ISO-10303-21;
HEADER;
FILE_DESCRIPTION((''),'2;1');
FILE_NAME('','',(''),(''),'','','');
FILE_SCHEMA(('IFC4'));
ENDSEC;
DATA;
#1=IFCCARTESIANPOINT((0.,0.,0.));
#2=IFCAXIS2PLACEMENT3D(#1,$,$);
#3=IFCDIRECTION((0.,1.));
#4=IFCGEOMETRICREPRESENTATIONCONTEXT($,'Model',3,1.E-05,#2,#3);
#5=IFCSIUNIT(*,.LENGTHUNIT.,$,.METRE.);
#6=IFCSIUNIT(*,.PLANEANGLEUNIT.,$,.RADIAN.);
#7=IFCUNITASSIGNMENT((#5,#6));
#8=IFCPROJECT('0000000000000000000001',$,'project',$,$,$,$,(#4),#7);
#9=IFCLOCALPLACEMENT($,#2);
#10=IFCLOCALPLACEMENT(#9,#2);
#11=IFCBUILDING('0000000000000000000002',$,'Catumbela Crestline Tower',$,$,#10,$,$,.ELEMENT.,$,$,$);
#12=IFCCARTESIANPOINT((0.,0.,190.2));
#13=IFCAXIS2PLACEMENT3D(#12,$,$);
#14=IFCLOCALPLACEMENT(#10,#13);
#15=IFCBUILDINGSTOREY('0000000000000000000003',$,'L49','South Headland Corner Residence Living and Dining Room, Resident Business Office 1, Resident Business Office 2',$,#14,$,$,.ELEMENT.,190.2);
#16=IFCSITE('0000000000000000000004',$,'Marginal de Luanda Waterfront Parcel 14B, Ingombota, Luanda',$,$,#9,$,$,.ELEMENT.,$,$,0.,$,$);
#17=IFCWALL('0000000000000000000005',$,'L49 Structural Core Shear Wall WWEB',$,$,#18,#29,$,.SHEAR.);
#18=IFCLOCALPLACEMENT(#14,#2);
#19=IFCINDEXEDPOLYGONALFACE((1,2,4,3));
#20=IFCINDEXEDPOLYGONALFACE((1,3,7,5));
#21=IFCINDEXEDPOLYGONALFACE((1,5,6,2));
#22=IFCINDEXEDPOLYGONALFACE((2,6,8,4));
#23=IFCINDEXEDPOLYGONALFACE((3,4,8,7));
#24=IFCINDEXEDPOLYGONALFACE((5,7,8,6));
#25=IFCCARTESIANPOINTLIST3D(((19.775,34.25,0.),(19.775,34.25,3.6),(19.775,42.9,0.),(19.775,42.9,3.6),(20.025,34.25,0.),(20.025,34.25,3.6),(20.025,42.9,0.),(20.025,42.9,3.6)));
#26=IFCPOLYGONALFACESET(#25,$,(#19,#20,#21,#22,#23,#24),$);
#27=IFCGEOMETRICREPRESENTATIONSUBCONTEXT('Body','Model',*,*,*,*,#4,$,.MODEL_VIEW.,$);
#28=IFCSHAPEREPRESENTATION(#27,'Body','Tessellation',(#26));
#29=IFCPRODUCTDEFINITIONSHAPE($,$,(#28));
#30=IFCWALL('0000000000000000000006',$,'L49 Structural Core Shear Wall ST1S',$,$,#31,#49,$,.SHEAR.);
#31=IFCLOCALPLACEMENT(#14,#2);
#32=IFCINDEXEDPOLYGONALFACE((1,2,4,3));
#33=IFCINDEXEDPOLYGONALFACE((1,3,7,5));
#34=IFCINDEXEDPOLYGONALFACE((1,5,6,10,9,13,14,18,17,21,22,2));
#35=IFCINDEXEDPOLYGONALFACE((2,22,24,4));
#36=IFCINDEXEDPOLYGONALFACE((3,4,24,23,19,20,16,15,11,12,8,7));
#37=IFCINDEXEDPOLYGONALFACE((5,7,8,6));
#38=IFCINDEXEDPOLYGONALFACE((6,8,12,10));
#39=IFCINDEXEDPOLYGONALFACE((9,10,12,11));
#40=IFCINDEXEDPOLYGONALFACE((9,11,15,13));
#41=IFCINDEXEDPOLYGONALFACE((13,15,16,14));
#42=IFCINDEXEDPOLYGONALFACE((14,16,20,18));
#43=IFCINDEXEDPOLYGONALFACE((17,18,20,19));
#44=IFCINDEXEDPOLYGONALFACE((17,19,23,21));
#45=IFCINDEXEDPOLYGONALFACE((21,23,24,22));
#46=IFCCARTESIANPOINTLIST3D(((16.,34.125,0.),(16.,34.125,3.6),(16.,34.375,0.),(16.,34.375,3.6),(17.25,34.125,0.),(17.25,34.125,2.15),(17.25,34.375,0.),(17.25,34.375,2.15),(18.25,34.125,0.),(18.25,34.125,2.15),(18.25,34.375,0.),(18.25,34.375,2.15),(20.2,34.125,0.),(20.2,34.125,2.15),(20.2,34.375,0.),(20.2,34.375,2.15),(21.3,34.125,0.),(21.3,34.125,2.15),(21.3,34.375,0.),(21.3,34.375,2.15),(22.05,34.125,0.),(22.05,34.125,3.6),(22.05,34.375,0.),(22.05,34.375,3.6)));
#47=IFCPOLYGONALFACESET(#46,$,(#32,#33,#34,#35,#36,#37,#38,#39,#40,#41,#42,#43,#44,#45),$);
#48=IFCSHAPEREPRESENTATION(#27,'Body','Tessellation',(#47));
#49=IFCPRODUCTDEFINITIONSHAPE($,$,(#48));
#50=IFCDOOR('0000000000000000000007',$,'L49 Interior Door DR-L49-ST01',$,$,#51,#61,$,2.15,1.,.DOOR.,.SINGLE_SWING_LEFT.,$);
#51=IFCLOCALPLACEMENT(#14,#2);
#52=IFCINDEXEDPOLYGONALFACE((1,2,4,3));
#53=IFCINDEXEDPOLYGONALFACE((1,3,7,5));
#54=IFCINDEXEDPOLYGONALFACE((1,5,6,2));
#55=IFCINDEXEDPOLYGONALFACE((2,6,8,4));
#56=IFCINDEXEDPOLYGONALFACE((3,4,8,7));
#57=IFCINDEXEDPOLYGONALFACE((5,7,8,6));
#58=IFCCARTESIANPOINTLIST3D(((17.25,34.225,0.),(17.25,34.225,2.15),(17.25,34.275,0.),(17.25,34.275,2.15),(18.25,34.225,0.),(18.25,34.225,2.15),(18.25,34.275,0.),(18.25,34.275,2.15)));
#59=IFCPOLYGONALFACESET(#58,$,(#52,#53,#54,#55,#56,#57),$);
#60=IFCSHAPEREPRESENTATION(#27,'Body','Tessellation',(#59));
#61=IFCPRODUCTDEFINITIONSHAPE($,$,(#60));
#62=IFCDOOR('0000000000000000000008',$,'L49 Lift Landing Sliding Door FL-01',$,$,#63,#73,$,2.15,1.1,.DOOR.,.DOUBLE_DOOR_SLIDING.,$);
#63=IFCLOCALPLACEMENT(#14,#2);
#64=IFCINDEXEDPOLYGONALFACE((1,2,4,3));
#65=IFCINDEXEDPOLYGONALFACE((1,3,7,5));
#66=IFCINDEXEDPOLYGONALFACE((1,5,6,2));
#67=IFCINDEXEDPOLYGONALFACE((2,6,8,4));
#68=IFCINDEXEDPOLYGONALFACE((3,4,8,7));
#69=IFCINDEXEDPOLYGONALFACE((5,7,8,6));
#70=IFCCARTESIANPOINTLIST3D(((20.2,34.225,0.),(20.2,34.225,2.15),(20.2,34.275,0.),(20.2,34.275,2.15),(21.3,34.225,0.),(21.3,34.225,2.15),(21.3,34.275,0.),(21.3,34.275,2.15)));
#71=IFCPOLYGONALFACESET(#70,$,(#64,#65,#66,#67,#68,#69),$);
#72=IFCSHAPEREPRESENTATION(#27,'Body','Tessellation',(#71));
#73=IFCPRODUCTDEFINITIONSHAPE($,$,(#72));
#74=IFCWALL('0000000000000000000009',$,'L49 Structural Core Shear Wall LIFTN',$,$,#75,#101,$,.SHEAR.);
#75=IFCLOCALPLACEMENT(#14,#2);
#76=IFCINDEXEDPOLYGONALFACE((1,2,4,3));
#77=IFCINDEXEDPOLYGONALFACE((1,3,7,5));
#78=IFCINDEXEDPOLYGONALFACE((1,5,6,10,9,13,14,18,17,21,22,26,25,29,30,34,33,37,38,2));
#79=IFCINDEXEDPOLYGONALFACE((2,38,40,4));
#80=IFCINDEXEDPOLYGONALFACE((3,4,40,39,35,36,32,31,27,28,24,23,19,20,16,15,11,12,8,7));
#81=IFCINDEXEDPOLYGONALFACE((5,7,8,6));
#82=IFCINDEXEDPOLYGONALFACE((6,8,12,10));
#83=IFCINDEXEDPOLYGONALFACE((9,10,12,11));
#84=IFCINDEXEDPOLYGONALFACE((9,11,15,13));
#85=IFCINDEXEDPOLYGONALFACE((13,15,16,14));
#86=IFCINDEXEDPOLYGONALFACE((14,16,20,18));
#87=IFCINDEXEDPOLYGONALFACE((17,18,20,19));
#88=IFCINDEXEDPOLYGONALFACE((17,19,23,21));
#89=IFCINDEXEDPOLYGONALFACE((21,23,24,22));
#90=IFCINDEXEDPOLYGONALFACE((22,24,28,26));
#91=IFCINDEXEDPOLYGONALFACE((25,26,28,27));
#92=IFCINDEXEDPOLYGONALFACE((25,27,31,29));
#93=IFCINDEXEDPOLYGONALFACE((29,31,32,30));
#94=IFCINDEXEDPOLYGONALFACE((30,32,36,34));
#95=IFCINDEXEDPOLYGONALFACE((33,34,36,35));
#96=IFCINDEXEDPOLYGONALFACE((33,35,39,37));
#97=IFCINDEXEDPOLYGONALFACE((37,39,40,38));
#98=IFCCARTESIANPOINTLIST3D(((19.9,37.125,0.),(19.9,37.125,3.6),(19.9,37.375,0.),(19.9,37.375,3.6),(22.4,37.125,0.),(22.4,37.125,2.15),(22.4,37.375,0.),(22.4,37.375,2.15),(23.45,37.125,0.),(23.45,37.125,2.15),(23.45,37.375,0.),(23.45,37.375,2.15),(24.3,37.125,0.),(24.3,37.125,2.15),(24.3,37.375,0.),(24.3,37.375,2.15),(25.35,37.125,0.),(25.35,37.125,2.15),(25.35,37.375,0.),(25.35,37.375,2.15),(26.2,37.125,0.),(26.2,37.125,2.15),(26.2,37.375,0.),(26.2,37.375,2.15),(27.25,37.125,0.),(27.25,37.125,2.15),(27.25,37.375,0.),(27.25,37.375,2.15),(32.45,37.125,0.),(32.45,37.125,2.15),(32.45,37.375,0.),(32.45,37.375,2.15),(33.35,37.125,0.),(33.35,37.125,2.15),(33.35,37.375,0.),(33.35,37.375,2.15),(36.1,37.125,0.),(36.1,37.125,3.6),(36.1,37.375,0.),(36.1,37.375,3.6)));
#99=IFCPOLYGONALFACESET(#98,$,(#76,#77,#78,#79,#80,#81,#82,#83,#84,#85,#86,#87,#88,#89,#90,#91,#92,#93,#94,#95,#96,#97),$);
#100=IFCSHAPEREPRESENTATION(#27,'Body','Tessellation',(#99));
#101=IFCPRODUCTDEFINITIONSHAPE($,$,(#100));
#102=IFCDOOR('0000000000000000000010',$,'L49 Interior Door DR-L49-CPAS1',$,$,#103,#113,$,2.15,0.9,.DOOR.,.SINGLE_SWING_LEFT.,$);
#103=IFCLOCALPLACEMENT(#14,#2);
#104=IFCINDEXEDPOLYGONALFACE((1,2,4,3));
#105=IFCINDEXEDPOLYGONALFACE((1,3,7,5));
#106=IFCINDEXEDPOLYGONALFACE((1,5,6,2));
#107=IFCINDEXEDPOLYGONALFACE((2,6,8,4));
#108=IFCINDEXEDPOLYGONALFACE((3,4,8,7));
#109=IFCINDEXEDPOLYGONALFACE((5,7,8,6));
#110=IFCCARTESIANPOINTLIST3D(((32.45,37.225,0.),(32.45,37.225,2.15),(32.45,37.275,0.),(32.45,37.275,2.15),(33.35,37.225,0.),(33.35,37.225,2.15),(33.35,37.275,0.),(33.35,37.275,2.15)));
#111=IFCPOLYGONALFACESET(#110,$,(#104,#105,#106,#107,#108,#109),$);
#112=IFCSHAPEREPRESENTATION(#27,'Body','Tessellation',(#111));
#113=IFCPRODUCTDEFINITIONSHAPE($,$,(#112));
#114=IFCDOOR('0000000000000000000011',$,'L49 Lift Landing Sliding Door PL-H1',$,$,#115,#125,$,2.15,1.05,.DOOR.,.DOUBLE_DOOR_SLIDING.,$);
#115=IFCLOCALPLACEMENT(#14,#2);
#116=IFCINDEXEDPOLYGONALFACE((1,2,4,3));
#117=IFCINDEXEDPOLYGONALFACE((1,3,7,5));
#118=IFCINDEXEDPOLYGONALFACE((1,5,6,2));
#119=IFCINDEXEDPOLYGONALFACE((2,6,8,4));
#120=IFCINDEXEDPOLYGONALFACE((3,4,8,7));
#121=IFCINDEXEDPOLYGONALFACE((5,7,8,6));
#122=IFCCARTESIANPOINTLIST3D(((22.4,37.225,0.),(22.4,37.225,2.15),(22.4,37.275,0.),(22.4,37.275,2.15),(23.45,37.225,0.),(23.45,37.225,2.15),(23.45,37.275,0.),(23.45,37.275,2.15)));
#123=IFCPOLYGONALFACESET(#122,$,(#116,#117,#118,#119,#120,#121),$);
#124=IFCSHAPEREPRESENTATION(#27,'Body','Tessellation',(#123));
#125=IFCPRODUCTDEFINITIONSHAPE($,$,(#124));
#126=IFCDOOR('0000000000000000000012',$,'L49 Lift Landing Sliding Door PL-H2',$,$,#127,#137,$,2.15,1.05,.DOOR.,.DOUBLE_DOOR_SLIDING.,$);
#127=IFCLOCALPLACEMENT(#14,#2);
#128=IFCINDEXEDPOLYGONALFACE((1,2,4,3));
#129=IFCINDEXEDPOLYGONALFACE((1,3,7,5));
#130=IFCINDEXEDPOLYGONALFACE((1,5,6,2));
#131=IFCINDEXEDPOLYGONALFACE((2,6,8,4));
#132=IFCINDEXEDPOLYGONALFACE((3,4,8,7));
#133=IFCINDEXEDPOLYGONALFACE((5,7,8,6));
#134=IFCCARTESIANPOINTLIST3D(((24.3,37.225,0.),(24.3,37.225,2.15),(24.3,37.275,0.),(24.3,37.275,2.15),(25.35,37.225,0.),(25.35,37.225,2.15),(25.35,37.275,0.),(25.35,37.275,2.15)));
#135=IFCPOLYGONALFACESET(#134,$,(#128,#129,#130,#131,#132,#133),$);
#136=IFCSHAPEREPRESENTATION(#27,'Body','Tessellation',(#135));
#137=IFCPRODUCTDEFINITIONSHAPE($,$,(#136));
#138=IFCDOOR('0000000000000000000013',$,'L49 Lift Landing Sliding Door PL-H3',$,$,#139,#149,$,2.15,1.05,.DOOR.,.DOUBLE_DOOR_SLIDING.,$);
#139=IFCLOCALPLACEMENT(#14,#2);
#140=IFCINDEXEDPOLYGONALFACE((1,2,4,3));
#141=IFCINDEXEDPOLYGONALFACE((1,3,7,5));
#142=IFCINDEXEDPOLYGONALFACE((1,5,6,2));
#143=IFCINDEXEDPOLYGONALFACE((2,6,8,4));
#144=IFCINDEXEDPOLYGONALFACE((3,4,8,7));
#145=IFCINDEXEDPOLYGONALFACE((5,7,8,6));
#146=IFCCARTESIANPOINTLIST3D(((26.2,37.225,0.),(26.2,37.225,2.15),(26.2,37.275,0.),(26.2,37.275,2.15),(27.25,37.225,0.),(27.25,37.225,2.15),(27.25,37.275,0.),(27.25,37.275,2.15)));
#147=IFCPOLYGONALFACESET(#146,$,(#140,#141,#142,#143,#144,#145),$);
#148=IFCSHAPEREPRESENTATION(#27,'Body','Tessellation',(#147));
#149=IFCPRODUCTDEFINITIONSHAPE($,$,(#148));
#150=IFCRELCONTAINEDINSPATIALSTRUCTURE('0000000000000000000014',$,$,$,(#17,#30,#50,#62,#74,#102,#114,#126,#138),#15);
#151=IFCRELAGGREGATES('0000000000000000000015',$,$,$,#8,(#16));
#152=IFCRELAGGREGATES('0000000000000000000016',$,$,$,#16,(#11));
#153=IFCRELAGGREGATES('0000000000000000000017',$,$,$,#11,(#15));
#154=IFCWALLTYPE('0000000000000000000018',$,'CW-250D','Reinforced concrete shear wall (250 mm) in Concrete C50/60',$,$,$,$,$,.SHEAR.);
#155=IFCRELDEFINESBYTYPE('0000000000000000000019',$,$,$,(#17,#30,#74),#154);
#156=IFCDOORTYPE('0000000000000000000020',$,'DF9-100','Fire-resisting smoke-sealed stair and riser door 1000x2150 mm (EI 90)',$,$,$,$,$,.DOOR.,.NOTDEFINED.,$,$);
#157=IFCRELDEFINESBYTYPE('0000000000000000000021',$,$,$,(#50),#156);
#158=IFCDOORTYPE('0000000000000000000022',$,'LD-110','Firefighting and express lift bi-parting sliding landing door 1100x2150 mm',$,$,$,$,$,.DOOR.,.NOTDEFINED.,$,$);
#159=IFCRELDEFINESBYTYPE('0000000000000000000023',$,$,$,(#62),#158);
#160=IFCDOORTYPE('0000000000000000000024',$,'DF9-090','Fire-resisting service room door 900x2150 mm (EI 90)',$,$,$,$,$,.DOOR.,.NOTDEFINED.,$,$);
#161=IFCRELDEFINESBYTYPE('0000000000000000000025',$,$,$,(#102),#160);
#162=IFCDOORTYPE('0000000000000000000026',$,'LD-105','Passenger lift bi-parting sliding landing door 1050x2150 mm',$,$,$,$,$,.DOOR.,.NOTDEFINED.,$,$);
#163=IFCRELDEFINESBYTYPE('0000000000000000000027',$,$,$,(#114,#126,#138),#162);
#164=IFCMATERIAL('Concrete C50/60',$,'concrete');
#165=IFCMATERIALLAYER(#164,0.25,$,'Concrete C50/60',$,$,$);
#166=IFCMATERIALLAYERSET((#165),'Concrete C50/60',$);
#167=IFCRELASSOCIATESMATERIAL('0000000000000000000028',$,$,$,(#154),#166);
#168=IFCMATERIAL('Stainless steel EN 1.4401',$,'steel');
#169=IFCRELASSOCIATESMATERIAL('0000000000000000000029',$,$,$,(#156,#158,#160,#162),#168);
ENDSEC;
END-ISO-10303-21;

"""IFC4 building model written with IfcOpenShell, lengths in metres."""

from ifc_helpers import new_model, si_unit, direction, frame, frame_2d, origin, place, context, subcontext, project, spatial, rectangle, extrude, material, layer, layer_set, type_object, element, fill, save


model = new_model("IFC4")

# Units and contexts
model_context = context("Model", 3, precision=1e-05, world=origin(), true_north=direction((0.0, 1.0)))
body_context = subcontext(model_context, "Body", "Model", "MODEL_VIEW")
ifc_project = project(units=[si_unit("LENGTHUNIT", "METRE"), si_unit("PLANEANGLEUNIT", "RADIAN")], contexts=[model_context])

# Site, building, storey
site_placement = place(None, origin())
site = spatial("IfcSite", under=ifc_project, at=site_placement, Name="Marginal de Luanda Waterfront Parcel 14B, Ingombota, Luanda", CompositionType="ELEMENT", RefElevation=0.0)
building_placement = place(site_placement, origin())
building = spatial("IfcBuilding", under=site, at=building_placement, Name="Catumbela Crestline Tower", CompositionType="ELEMENT")
storey_placement = place(building_placement, frame((0.0, 0.0, 190.2)))
storey = spatial("IfcBuildingStorey", under=building, at=storey_placement, Name="L49", Description="South Headland Corner Residence Living and Dining Room, Resident Business Office 1, Resident Business Office 2", CompositionType="ELEMENT", Elevation=190.2)

# Wall
ifc_material_1 = material(Name="Concrete C50/60", Category="concrete")
ifc_layer_1 = layer(ifc_material_1, 0.25, Name="Concrete C50/60")
ifc_layer_set_1 = layer_set([ifc_layer_1], Name="Concrete C50/60")
wall_type_1 = type_object("IfcWallType", Name="CW-250D", Description="Reinforced concrete shear wall (250 mm) in Concrete C50/60", PredefinedType="SHEAR", material=ifc_layer_set_1)
wall_1_placement = place(storey_placement, frame((19.9, 34.25, 0.0), z_axis=(0.0, 0.0, 1.0), x_axis=(0.0, 1.0, 0.0)))
element("IfcWall", 1, at=wall_1_placement, inside=storey, type_object=wall_type_1, Name="L49 Structural Core Shear Wall WWEB", PredefinedType="SHEAR", context=body_context, shape_type="SweptSolid", body=[
    extrude(rectangle(XDim=8.65, YDim=0.25, at=frame_2d((4.325, 0.0))), origin(), (0.0, 0.0, 1.0), 3.6),
])

# Walls, openings, doors
wall_2_placement = place(storey_placement, frame((16.0, 34.25, 0.0), z_axis=(0.0, 0.0, 1.0), x_axis=(1.0, 0.0, 0.0)))
wall_2 = element("IfcWall", 2, at=wall_2_placement, inside=storey, type_object=wall_type_1, Name="L49 Structural Core Shear Wall ST1S", PredefinedType="SHEAR", context=body_context, shape_type="SweptSolid", body=[
    extrude(rectangle(XDim=6.05, YDim=0.25, at=frame_2d((3.025, 0.0))), origin(), (0.0, 0.0, 1.0), 3.6),
])
opening_1_placement = place(wall_2_placement, frame((1.25, 0.0, 0.0)))
opening_1 = element("IfcOpeningElement", 3, at=opening_1_placement, cuts=wall_2, PredefinedType="OPENING", context=body_context, shape_type="SweptSolid", body=[
    extrude(rectangle(XDim=1.0, YDim=2.15, at=frame_2d((0.5, 1.075))), frame((0.0, 0.135, 0.0), z_axis=(0.0, -1.0, 0.0), x_axis=(1.0, 0.0, 0.0)), (0.0, 0.0, 1.0), 0.27),
])
opening_2_placement = place(wall_2_placement, frame((4.2, 0.0, 0.0)))
opening_2 = element("IfcOpeningElement", 4, at=opening_2_placement, cuts=wall_2, PredefinedType="OPENING", context=body_context, shape_type="SweptSolid", body=[
    extrude(rectangle(XDim=1.1, YDim=2.15, at=frame_2d((0.55, 1.075))), frame((0.0, 0.135, 0.0), z_axis=(0.0, -1.0, 0.0), x_axis=(1.0, 0.0, 0.0)), (0.0, 0.0, 1.0), 0.27),
])
ifc_material_2 = material(Name="Stainless steel EN 1.4401", Category="steel")
door_type_1 = type_object("IfcDoorType", Name="DF9-100", Description="Fire-resisting smoke-sealed stair and riser door 1000x2150 mm (EI 90)", OperationType="NOTDEFINED", PredefinedType="DOOR", material=ifc_material_2)
door_1_placement = place(opening_1_placement, origin())
door_1 = element("IfcDoor", 5, at=door_1_placement, inside=storey, type_object=door_type_1, Name="L49 Interior Door DR-L49-ST01", OperationType="SINGLE_SWING_LEFT", OverallHeight=2.15, OverallWidth=1.0, PredefinedType="DOOR", context=body_context, shape_type="SweptSolid", body=[
    extrude(rectangle(XDim=1.0, YDim=2.15, at=frame_2d((0.5, 1.075))), frame((0.0, 0.025, 0.0), z_axis=(0.0, -1.0, 0.0), x_axis=(1.0, 0.0, 0.0)), (0.0, 0.0, 1.0), 0.05),
])
fill(opening_1, door_1)
door_type_2 = type_object("IfcDoorType", Name="LD-110", Description="Firefighting and express lift bi-parting sliding landing door 1100x2150 mm", OperationType="NOTDEFINED", PredefinedType="DOOR", material=ifc_material_2)
door_2_placement = place(opening_2_placement, origin())
door_2 = element("IfcDoor", 6, at=door_2_placement, inside=storey, type_object=door_type_2, Name="L49 Lift Landing Sliding Door FL-01", OperationType="DOUBLE_DOOR_SLIDING", OverallHeight=2.15, OverallWidth=1.1, PredefinedType="DOOR", context=body_context, shape_type="SweptSolid", body=[
    extrude(rectangle(XDim=1.1, YDim=2.15, at=frame_2d((0.55, 1.075))), frame((0.0, 0.025, 0.0), z_axis=(0.0, -1.0, 0.0), x_axis=(1.0, 0.0, 0.0)), (0.0, 0.0, 1.0), 0.05),
])
fill(opening_2, door_2)
wall_3_placement = place(storey_placement, frame((19.9, 37.25, 0.0), z_axis=(0.0, 0.0, 1.0), x_axis=(1.0, 0.0, 0.0)))
wall_3 = element("IfcWall", 7, at=wall_3_placement, inside=storey, type_object=wall_type_1, Name="L49 Structural Core Shear Wall LIFTN", PredefinedType="SHEAR", context=body_context, shape_type="SweptSolid", body=[
    extrude(rectangle(XDim=16.2, YDim=0.25, at=frame_2d((8.1, 0.0))), origin(), (0.0, 0.0, 1.0), 3.6),
])
opening_3_placement = place(wall_3_placement, frame((12.55, 0.0, 0.0)))
opening_3 = element("IfcOpeningElement", 8, at=opening_3_placement, cuts=wall_3, PredefinedType="OPENING", context=body_context, shape_type="SweptSolid", body=[
    extrude(rectangle(XDim=0.9, YDim=2.15, at=frame_2d((0.45, 1.075))), frame((0.0, 0.135, 0.0), z_axis=(0.0, -1.0, 0.0), x_axis=(1.0, 0.0, 0.0)), (0.0, 0.0, 1.0), 0.27),
])
opening_4_placement = place(wall_3_placement, frame((2.5, 0.0, 0.0)))
opening_4 = element("IfcOpeningElement", 9, at=opening_4_placement, cuts=wall_3, PredefinedType="OPENING", context=body_context, shape_type="SweptSolid", body=[
    extrude(rectangle(XDim=1.05, YDim=2.15, at=frame_2d((0.525, 1.075))), frame((0.0, 0.135, 0.0), z_axis=(0.0, -1.0, 0.0), x_axis=(1.0, 0.0, 0.0)), (0.0, 0.0, 1.0), 0.27),
])
opening_5_placement = place(wall_3_placement, frame((4.4, 0.0, 0.0)))
opening_5 = element("IfcOpeningElement", 10, at=opening_5_placement, cuts=wall_3, PredefinedType="OPENING", context=body_context, shape_type="SweptSolid", body=[
    extrude(rectangle(XDim=1.05, YDim=2.15, at=frame_2d((0.525, 1.075))), frame((0.0, 0.135, 0.0), z_axis=(0.0, -1.0, 0.0), x_axis=(1.0, 0.0, 0.0)), (0.0, 0.0, 1.0), 0.27),
])
opening_6_placement = place(wall_3_placement, frame((6.3, 0.0, 0.0)))
opening_6 = element("IfcOpeningElement", 11, at=opening_6_placement, cuts=wall_3, PredefinedType="OPENING", context=body_context, shape_type="SweptSolid", body=[
    extrude(rectangle(XDim=1.05, YDim=2.15, at=frame_2d((0.525, 1.075))), frame((0.0, 0.135, 0.0), z_axis=(0.0, -1.0, 0.0), x_axis=(1.0, 0.0, 0.0)), (0.0, 0.0, 1.0), 0.27),
])
door_type_3 = type_object("IfcDoorType", Name="DF9-090", Description="Fire-resisting service room door 900x2150 mm (EI 90)", OperationType="NOTDEFINED", PredefinedType="DOOR", material=ifc_material_2)
door_3_placement = place(opening_3_placement, origin())
door_3 = element("IfcDoor", 12, at=door_3_placement, inside=storey, type_object=door_type_3, Name="L49 Interior Door DR-L49-CPAS1", OperationType="SINGLE_SWING_LEFT", OverallHeight=2.15, OverallWidth=0.9, PredefinedType="DOOR", context=body_context, shape_type="SweptSolid", body=[
    extrude(rectangle(XDim=0.9, YDim=2.15, at=frame_2d((0.45, 1.075))), frame((0.0, 0.025, 0.0), z_axis=(0.0, -1.0, 0.0), x_axis=(1.0, 0.0, 0.0)), (0.0, 0.0, 1.0), 0.05),
])
fill(opening_3, door_3)
door_type_4 = type_object("IfcDoorType", Name="LD-105", Description="Passenger lift bi-parting sliding landing door 1050x2150 mm", OperationType="NOTDEFINED", PredefinedType="DOOR", material=ifc_material_2)
door_4_placement = place(opening_4_placement, origin())
door_4 = element("IfcDoor", 13, at=door_4_placement, inside=storey, type_object=door_type_4, Name="L49 Lift Landing Sliding Door PL-H1", OperationType="DOUBLE_DOOR_SLIDING", OverallHeight=2.15, OverallWidth=1.05, PredefinedType="DOOR", context=body_context, shape_type="SweptSolid", body=[
    extrude(rectangle(XDim=1.05, YDim=2.15, at=frame_2d((0.525, 1.075))), frame((0.0, 0.025, 0.0), z_axis=(0.0, -1.0, 0.0), x_axis=(1.0, 0.0, 0.0)), (0.0, 0.0, 1.0), 0.05),
])
fill(opening_4, door_4)
door_5_placement = place(opening_5_placement, origin())
door_5 = element("IfcDoor", 14, at=door_5_placement, inside=storey, type_object=door_type_4, Name="L49 Lift Landing Sliding Door PL-H2", OperationType="DOUBLE_DOOR_SLIDING", OverallHeight=2.15, OverallWidth=1.05, PredefinedType="DOOR", context=body_context, shape_type="SweptSolid", body=[
    extrude(rectangle(XDim=1.05, YDim=2.15, at=frame_2d((0.525, 1.075))), frame((0.0, 0.025, 0.0), z_axis=(0.0, -1.0, 0.0), x_axis=(1.0, 0.0, 0.0)), (0.0, 0.0, 1.0), 0.05),
])
fill(opening_5, door_5)
door_6_placement = place(opening_6_placement, origin())
door_6 = element("IfcDoor", 15, at=door_6_placement, inside=storey, type_object=door_type_4, Name="L49 Lift Landing Sliding Door PL-H3", OperationType="DOUBLE_DOOR_SLIDING", OverallHeight=2.15, OverallWidth=1.05, PredefinedType="DOOR", context=body_context, shape_type="SweptSolid", body=[
    extrude(rectangle(XDim=1.05, YDim=2.15, at=frame_2d((0.525, 1.075))), frame((0.0, 0.025, 0.0), z_axis=(0.0, -1.0, 0.0), x_axis=(1.0, 0.0, 0.0)), (0.0, 0.0, 1.0), 0.05),
])
fill(opening_6, door_6)

save(model, "model.ifc")
